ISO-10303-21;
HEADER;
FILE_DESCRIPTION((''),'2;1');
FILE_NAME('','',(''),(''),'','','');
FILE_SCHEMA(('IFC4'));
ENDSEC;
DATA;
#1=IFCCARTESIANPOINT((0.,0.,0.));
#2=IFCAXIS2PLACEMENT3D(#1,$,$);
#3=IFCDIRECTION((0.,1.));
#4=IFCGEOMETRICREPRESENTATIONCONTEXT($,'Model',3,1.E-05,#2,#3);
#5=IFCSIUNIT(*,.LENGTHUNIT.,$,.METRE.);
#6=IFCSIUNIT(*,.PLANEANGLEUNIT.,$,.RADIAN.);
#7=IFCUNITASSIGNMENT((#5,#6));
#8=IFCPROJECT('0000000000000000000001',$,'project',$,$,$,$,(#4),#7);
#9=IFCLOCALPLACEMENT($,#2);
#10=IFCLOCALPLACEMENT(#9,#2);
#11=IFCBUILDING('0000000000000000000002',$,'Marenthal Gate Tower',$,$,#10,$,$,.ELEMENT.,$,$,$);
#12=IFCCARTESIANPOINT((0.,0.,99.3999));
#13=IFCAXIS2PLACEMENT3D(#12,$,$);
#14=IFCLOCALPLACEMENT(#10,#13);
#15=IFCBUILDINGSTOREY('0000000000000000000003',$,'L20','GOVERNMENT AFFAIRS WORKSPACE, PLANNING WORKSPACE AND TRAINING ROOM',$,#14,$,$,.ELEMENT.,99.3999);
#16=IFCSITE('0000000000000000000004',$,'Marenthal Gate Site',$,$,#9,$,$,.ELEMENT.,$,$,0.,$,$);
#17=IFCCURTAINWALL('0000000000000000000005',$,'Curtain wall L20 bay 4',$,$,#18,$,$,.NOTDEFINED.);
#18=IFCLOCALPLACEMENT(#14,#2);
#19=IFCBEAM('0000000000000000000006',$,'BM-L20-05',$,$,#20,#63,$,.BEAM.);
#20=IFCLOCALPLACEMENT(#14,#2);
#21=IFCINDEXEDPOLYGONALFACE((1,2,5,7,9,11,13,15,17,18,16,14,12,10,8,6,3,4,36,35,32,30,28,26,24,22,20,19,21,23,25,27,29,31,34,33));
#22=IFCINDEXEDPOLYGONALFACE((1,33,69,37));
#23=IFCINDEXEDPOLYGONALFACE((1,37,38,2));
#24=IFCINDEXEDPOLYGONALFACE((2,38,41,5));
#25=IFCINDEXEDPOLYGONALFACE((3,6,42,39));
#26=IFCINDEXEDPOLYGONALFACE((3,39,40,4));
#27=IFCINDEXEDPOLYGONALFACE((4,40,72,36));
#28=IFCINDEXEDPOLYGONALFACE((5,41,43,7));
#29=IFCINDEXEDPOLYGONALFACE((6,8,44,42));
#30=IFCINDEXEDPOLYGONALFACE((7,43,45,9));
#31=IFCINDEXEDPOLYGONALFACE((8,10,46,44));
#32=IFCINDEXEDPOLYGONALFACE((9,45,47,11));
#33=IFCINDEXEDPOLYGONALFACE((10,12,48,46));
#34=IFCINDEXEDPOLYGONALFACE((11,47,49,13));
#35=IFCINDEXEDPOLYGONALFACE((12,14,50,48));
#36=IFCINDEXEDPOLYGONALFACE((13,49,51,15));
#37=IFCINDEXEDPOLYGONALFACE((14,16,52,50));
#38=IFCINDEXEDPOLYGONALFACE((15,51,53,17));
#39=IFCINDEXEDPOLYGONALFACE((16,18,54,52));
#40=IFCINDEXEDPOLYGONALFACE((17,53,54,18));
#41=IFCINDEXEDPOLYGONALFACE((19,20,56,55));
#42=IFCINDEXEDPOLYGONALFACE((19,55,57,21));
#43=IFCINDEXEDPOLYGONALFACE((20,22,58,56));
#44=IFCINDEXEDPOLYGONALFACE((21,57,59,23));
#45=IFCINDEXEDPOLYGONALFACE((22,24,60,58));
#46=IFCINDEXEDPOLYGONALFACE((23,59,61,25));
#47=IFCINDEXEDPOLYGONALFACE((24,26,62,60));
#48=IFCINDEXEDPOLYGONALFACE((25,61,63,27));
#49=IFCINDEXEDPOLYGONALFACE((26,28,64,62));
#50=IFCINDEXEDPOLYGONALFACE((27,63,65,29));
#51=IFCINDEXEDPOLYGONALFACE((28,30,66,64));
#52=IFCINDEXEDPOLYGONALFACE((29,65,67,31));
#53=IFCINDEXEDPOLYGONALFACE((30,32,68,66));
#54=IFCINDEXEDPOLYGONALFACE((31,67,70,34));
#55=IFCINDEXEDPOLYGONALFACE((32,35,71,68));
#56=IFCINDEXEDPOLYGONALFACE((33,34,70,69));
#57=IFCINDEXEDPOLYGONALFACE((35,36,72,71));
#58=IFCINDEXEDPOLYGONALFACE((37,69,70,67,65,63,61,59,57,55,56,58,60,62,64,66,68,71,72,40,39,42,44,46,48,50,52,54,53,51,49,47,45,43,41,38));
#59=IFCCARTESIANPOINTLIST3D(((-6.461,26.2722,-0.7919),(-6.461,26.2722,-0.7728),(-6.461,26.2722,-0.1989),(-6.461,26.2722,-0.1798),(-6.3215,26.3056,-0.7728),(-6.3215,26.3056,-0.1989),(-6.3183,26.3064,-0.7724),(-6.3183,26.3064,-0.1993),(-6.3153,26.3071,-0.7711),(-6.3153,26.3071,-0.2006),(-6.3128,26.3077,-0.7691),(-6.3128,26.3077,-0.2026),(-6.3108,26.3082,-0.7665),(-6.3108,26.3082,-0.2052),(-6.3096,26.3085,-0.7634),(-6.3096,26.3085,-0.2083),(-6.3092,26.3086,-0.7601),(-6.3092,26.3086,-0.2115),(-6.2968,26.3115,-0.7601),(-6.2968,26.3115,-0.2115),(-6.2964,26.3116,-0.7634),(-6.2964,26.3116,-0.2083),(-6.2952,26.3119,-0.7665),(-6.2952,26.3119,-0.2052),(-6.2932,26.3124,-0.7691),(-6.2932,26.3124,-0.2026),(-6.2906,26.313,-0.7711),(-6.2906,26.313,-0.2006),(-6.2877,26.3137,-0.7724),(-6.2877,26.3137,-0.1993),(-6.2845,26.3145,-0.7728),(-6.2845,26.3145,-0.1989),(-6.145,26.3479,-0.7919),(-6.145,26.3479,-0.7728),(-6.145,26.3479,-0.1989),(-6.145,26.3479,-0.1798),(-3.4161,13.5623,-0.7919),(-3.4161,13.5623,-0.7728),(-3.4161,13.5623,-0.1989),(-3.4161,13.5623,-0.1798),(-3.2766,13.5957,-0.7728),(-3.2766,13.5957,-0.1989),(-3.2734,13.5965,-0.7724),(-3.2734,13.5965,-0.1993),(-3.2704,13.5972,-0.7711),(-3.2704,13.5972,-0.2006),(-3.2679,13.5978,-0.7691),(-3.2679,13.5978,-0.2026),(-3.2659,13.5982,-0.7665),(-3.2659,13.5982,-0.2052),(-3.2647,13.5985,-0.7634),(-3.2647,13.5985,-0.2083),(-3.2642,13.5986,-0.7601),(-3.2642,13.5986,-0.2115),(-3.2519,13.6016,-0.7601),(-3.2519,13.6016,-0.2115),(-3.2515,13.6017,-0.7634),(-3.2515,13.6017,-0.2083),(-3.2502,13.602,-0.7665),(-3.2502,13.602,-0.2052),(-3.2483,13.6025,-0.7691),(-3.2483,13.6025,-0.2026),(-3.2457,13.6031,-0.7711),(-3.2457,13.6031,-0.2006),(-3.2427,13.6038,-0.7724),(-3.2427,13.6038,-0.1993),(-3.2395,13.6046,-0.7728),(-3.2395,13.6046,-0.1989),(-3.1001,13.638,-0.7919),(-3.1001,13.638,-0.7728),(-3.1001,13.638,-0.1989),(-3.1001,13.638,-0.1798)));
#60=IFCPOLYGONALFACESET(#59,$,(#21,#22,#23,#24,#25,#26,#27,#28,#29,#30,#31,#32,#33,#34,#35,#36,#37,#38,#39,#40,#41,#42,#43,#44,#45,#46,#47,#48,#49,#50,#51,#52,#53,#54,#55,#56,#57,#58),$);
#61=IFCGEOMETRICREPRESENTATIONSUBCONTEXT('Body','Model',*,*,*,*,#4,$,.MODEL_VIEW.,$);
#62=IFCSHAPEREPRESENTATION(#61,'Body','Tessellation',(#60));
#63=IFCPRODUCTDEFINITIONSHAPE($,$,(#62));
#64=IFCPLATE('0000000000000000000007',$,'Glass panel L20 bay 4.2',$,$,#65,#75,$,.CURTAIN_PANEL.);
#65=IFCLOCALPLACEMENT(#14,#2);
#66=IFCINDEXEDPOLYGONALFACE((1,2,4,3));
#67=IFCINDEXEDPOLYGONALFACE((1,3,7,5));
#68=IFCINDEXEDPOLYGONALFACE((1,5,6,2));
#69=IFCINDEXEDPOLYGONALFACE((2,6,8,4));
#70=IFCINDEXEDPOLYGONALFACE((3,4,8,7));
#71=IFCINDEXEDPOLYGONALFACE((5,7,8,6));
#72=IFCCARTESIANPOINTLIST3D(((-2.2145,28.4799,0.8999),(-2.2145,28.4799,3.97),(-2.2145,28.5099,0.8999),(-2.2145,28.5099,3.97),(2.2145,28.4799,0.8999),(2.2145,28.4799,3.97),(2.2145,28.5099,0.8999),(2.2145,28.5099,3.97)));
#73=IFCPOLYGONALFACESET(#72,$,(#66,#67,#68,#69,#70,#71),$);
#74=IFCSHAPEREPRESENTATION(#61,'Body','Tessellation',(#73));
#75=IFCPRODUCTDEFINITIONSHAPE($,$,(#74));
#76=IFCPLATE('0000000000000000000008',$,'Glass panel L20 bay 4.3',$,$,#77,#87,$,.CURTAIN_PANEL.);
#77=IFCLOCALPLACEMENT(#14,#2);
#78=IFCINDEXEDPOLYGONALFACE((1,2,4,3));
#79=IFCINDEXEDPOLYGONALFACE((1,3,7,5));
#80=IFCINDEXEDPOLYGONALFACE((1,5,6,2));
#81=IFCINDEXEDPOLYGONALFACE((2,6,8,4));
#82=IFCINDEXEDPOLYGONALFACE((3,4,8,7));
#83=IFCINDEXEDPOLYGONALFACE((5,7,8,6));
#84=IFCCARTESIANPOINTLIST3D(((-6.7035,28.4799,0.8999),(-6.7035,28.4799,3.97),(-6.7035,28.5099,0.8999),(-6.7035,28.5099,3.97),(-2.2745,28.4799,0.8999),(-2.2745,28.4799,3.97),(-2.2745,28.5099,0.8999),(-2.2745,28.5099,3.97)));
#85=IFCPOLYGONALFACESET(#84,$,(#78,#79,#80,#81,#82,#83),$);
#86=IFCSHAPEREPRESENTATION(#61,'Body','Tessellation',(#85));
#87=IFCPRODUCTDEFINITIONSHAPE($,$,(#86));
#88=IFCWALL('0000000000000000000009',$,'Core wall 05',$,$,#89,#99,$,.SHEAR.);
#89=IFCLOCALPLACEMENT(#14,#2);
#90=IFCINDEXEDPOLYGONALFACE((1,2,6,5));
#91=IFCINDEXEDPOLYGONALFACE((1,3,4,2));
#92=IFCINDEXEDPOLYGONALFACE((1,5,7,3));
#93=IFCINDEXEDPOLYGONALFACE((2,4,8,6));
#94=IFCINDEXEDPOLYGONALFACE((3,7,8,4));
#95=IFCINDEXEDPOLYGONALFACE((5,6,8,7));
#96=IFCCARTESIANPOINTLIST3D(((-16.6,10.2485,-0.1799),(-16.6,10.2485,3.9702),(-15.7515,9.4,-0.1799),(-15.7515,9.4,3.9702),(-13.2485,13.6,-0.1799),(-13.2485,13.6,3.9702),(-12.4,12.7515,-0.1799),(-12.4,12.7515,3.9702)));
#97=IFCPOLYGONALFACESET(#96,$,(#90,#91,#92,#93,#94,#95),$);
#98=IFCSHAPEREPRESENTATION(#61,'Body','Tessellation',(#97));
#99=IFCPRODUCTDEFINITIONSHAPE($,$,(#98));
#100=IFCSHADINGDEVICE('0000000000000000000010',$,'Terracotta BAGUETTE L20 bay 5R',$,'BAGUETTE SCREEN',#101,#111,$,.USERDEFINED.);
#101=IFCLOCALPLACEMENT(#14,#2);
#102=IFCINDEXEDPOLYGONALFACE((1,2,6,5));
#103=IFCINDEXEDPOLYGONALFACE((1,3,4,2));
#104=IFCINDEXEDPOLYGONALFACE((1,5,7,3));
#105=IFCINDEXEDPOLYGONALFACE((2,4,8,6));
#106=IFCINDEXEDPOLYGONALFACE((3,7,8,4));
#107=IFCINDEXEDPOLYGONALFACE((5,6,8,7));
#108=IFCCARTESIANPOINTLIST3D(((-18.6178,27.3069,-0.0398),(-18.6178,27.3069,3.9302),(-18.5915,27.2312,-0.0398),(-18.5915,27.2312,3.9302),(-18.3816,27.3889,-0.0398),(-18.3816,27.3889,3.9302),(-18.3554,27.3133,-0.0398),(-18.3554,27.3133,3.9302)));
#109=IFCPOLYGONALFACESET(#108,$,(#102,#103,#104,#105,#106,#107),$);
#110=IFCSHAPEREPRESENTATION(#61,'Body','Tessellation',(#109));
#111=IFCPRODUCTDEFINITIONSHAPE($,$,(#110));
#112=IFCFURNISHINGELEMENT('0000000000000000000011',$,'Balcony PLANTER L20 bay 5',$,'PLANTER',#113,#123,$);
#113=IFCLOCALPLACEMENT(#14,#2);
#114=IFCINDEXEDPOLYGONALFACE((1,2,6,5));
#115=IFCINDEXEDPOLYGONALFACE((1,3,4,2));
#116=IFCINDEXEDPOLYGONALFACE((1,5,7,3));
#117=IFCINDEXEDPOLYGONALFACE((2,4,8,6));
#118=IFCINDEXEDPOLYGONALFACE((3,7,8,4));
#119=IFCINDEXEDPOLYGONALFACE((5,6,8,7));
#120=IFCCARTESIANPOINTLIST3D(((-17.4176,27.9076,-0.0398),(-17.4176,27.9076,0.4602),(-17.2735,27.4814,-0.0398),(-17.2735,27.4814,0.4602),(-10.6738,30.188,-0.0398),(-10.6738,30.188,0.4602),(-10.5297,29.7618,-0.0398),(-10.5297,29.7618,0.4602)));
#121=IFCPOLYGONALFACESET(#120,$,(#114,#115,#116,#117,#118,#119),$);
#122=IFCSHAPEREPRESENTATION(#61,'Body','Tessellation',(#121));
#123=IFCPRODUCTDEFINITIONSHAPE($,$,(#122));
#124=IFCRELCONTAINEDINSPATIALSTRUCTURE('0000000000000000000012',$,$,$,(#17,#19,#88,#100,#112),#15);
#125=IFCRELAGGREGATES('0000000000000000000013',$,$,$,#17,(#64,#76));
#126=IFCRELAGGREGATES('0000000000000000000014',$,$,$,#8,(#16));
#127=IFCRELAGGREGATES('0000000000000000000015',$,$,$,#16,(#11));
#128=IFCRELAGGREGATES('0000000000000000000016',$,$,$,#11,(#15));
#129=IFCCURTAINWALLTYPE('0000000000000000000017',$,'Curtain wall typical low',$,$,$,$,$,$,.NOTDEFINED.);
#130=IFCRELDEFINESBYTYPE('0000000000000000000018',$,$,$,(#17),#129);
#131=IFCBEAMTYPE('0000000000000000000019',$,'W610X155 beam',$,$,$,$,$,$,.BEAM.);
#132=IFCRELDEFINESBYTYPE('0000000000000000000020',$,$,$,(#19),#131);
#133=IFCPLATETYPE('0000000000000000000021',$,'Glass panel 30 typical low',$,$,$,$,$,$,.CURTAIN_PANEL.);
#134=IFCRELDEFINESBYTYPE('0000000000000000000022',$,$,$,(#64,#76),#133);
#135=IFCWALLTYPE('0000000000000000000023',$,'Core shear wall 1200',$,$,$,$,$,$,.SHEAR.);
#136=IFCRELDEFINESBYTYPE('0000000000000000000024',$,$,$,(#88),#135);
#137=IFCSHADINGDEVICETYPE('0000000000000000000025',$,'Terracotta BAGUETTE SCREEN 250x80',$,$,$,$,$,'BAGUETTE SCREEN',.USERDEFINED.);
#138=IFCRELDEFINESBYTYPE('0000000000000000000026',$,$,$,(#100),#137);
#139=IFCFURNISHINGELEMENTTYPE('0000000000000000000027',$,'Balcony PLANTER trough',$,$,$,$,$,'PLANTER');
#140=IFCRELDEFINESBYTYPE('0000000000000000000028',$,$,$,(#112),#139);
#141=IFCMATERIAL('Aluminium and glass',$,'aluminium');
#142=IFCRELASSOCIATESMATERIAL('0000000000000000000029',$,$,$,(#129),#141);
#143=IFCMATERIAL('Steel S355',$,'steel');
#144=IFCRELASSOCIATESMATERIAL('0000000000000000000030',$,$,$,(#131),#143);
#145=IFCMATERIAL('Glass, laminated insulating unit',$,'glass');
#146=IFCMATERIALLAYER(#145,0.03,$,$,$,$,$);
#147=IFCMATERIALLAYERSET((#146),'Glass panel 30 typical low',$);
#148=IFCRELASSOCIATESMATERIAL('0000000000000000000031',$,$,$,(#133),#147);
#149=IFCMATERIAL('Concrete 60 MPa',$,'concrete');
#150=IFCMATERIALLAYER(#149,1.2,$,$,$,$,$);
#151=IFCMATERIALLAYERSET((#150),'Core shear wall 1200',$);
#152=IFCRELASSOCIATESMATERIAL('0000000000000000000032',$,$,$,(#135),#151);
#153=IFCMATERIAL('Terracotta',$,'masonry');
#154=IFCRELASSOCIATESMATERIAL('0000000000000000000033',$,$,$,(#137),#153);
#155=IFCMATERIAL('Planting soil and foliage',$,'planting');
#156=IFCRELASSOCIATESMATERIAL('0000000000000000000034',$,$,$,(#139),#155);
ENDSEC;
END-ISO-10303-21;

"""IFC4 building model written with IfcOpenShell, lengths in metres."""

from ifc_helpers import new_model, si_unit, direction, frame, frame_2d, origin, origin_2d, place, context, subcontext, project, spatial, rectangle, i_section, extrude, material, layer, layer_set, material_profile, profile_set, type_object, element, aggregate, save


model = new_model("IFC4")

# Units and contexts
model_context = context("Model", 3, precision=1e-05, world=origin(), true_north=direction((0.0, 1.0)))
body_context = subcontext(model_context, "Body", "Model", "MODEL_VIEW")
ifc_project = project(units=[si_unit("LENGTHUNIT", "METRE"), si_unit("PLANEANGLEUNIT", "RADIAN")], contexts=[model_context])

# Site, building, storey
site_placement = place(None, origin())
site = spatial("IfcSite", under=ifc_project, at=site_placement, Name="Marenthal Gate Site", CompositionType="ELEMENT", RefElevation=0.0)
building_placement = place(site_placement, origin())
building = spatial("IfcBuilding", under=site, at=building_placement, Name="Marenthal Gate Tower", CompositionType="ELEMENT")
storey_placement = place(building_placement, frame((0.0, 0.0, 99.3999)))
storey = spatial("IfcBuildingStorey", under=building, at=storey_placement, Name="L20", Description="GOVERNMENT AFFAIRS WORKSPACE, PLANNING WORKSPACE AND TRAINING ROOM", CompositionType="ELEMENT", Elevation=99.3999)

# Curtain wall
ifc_material_1 = material(Name="Aluminium and glass", Category="aluminium")
curtain_wall_type = type_object("IfcCurtainWallType", Name="Curtain wall typical low", PredefinedType="NOTDEFINED", material=ifc_material_1)
curtain_wall_placement = place(storey_placement, origin())
curtain_wall = element("IfcCurtainWall", 1, at=curtain_wall_placement, inside=storey, type_object=curtain_wall_type, Name="Curtain wall L20 bay 4", PredefinedType="NOTDEFINED")

# Beam
ifc_material_2 = material(Name="Steel S355", Category="steel")
ifc_material_profile_1 = material_profile(ifc_material_2, i_section(OverallWidth=0.325, OverallDepth=0.6121, WebThickness=0.0127, FlangeThickness=0.019, FilletRadius=0.0127, at=origin_2d()), Name="W610X155")
ifc_profile_set_1 = profile_set([ifc_material_profile_1], Name="Steel S355")
beam_type_1 = type_object("IfcBeamType", Name="W610X155 beam", PredefinedType="BEAM", material=ifc_profile_set_1)
beam_1_placement = place(storey_placement, frame((-6.303, 26.3101, -0.4858), z_axis=(0.232977, -0.972482, 0.0), x_axis=(0.972482, 0.232977, 0.0)))
element("IfcBeam", 2, at=beam_1_placement, inside=storey, type_object=beam_type_1, Name="BM-L20-05", PredefinedType="BEAM", context=body_context, shape_type="SweptSolid", body=[
    extrude(i_section(OverallWidth=0.325, OverallDepth=0.6121, WebThickness=0.0127, FlangeThickness=0.019, FilletRadius=0.0127, at=origin_2d()), origin(), (0.0, 0.0, 1.0), 13.0696),
])

# Plates
ifc_material_3 = material(Name="Glass, laminated insulating unit", Category="glass")
ifc_layer_1 = layer(ifc_material_3, 0.03)
ifc_layer_set_1 = layer_set([ifc_layer_1], Name="Glass panel 30 typical low")
plate_type = type_object("IfcPlateType", Name="Glass panel 30 typical low", PredefinedType="CURTAIN_PANEL", material=ifc_layer_set_1)
plate_1_placement = place(storey_placement, frame((0.0, 28.4949, 0.8999), z_axis=(0.0, 0.0, 1.0), x_axis=(-1.0, 0.0, 0.0)))
plate_1 = element("IfcPlate", 3, at=plate_1_placement, type_object=plate_type, Name="Glass panel L20 bay 4.2", PredefinedType="CURTAIN_PANEL", context=body_context, shape_type="SweptSolid", body=[
    extrude(rectangle(XDim=4.429, YDim=0.03, at=origin_2d()), origin(), (0.0, 0.0, 1.0), 3.0701),
])
plate_2_placement = place(storey_placement, frame((-4.489, 28.4949, 0.8999), z_axis=(0.0, 0.0, 1.0), x_axis=(-1.0, 0.0, 0.0)))
plate_2 = element("IfcPlate", 4, at=plate_2_placement, type_object=plate_type, Name="Glass panel L20 bay 4.3", PredefinedType="CURTAIN_PANEL", context=body_context, shape_type="SweptSolid", body=[
    extrude(rectangle(XDim=4.429, YDim=0.03, at=origin_2d()), origin(), (0.0, 0.0, 1.0), 3.0701),
])
aggregate(curtain_wall, [plate_1, plate_2])

# Wall
ifc_material_4 = material(Name="Concrete 60 MPa", Category="concrete")
ifc_layer_2 = layer(ifc_material_4, 1.2)
ifc_layer_set_2 = layer_set([ifc_layer_2], Name="Core shear wall 1200")
wall_type_1 = type_object("IfcWallType", Name="Core shear wall 1200", PredefinedType="SHEAR", material=ifc_layer_set_2)
wall_1_placement = place(storey_placement, frame((-12.8242, 13.1758, -0.1799), z_axis=(0.0, 0.0, 1.0), x_axis=(-0.707107, -0.707107, 0.0)))
element("IfcWall", 5, at=wall_1_placement, inside=storey, type_object=wall_type_1, Name="Core wall 05", PredefinedType="SHEAR", context=body_context, shape_type="SweptSolid", body=[
    extrude(rectangle(XDim=4.7397, YDim=1.2, at=frame_2d((2.3699, 0.0))), origin(), (0.0, 0.0, 1.0), 4.1501),
])

# Shading device
ifc_material_5 = material(Name="Terracotta", Category="masonry")
ifc_material_profile_2 = material_profile(ifc_material_5, rectangle(XDim=0.25, YDim=0.0801, at=origin_2d()), Name="Terracotta baguette 250x80")
ifc_profile_set_2 = profile_set([ifc_material_profile_2], Name="Terracotta")
shading_device_type = type_object("IfcShadingDeviceType", Name="Terracotta BAGUETTE SCREEN 250x80", ElementType="BAGUETTE SCREEN", PredefinedType="USERDEFINED", material=ifc_profile_set_2)
shading_device_placement = place(storey_placement, frame((-18.4866, 27.3101, -0.0398), z_axis=(0.0, 0.0, 1.0), x_axis=(-0.944614, -0.328183, 0.0)))
element("IfcShadingDevice", 6, at=shading_device_placement, inside=storey, type_object=shading_device_type, Name="Terracotta BAGUETTE L20 bay 5R", ObjectType="BAGUETTE SCREEN", PredefinedType="USERDEFINED", context=body_context, shape_type="SweptSolid", body=[
    extrude(rectangle(XDim=0.25, YDim=0.0801, at=origin_2d()), origin(), (0.0, 0.0, 1.0), 3.97),
])

# Furnishing element
ifc_material_6 = material(Name="Planting soil and foliage", Category="planting")
furnishing_element_type = type_object("IfcFurnishingElementType", Name="Balcony PLANTER trough", ElementType="PLANTER", material=ifc_material_6)
furnishing_placement = place(storey_placement, frame((-13.9736, 28.8347, -0.0398), z_axis=(0.0, 0.0, 1.0), x_axis=(-0.947307, -0.320328, 0.0)))
element("IfcFurnishingElement", 7, at=furnishing_placement, inside=storey, type_object=furnishing_element_type, Name="Balcony PLANTER L20 bay 5", ObjectType="PLANTER", context=body_context, shape_type="SweptSolid", body=[
    extrude(rectangle(XDim=7.1189, YDim=0.45, at=origin_2d()), origin(), (0.0, 0.0, 1.0), 0.5),
])

save(model, "model.ifc")
